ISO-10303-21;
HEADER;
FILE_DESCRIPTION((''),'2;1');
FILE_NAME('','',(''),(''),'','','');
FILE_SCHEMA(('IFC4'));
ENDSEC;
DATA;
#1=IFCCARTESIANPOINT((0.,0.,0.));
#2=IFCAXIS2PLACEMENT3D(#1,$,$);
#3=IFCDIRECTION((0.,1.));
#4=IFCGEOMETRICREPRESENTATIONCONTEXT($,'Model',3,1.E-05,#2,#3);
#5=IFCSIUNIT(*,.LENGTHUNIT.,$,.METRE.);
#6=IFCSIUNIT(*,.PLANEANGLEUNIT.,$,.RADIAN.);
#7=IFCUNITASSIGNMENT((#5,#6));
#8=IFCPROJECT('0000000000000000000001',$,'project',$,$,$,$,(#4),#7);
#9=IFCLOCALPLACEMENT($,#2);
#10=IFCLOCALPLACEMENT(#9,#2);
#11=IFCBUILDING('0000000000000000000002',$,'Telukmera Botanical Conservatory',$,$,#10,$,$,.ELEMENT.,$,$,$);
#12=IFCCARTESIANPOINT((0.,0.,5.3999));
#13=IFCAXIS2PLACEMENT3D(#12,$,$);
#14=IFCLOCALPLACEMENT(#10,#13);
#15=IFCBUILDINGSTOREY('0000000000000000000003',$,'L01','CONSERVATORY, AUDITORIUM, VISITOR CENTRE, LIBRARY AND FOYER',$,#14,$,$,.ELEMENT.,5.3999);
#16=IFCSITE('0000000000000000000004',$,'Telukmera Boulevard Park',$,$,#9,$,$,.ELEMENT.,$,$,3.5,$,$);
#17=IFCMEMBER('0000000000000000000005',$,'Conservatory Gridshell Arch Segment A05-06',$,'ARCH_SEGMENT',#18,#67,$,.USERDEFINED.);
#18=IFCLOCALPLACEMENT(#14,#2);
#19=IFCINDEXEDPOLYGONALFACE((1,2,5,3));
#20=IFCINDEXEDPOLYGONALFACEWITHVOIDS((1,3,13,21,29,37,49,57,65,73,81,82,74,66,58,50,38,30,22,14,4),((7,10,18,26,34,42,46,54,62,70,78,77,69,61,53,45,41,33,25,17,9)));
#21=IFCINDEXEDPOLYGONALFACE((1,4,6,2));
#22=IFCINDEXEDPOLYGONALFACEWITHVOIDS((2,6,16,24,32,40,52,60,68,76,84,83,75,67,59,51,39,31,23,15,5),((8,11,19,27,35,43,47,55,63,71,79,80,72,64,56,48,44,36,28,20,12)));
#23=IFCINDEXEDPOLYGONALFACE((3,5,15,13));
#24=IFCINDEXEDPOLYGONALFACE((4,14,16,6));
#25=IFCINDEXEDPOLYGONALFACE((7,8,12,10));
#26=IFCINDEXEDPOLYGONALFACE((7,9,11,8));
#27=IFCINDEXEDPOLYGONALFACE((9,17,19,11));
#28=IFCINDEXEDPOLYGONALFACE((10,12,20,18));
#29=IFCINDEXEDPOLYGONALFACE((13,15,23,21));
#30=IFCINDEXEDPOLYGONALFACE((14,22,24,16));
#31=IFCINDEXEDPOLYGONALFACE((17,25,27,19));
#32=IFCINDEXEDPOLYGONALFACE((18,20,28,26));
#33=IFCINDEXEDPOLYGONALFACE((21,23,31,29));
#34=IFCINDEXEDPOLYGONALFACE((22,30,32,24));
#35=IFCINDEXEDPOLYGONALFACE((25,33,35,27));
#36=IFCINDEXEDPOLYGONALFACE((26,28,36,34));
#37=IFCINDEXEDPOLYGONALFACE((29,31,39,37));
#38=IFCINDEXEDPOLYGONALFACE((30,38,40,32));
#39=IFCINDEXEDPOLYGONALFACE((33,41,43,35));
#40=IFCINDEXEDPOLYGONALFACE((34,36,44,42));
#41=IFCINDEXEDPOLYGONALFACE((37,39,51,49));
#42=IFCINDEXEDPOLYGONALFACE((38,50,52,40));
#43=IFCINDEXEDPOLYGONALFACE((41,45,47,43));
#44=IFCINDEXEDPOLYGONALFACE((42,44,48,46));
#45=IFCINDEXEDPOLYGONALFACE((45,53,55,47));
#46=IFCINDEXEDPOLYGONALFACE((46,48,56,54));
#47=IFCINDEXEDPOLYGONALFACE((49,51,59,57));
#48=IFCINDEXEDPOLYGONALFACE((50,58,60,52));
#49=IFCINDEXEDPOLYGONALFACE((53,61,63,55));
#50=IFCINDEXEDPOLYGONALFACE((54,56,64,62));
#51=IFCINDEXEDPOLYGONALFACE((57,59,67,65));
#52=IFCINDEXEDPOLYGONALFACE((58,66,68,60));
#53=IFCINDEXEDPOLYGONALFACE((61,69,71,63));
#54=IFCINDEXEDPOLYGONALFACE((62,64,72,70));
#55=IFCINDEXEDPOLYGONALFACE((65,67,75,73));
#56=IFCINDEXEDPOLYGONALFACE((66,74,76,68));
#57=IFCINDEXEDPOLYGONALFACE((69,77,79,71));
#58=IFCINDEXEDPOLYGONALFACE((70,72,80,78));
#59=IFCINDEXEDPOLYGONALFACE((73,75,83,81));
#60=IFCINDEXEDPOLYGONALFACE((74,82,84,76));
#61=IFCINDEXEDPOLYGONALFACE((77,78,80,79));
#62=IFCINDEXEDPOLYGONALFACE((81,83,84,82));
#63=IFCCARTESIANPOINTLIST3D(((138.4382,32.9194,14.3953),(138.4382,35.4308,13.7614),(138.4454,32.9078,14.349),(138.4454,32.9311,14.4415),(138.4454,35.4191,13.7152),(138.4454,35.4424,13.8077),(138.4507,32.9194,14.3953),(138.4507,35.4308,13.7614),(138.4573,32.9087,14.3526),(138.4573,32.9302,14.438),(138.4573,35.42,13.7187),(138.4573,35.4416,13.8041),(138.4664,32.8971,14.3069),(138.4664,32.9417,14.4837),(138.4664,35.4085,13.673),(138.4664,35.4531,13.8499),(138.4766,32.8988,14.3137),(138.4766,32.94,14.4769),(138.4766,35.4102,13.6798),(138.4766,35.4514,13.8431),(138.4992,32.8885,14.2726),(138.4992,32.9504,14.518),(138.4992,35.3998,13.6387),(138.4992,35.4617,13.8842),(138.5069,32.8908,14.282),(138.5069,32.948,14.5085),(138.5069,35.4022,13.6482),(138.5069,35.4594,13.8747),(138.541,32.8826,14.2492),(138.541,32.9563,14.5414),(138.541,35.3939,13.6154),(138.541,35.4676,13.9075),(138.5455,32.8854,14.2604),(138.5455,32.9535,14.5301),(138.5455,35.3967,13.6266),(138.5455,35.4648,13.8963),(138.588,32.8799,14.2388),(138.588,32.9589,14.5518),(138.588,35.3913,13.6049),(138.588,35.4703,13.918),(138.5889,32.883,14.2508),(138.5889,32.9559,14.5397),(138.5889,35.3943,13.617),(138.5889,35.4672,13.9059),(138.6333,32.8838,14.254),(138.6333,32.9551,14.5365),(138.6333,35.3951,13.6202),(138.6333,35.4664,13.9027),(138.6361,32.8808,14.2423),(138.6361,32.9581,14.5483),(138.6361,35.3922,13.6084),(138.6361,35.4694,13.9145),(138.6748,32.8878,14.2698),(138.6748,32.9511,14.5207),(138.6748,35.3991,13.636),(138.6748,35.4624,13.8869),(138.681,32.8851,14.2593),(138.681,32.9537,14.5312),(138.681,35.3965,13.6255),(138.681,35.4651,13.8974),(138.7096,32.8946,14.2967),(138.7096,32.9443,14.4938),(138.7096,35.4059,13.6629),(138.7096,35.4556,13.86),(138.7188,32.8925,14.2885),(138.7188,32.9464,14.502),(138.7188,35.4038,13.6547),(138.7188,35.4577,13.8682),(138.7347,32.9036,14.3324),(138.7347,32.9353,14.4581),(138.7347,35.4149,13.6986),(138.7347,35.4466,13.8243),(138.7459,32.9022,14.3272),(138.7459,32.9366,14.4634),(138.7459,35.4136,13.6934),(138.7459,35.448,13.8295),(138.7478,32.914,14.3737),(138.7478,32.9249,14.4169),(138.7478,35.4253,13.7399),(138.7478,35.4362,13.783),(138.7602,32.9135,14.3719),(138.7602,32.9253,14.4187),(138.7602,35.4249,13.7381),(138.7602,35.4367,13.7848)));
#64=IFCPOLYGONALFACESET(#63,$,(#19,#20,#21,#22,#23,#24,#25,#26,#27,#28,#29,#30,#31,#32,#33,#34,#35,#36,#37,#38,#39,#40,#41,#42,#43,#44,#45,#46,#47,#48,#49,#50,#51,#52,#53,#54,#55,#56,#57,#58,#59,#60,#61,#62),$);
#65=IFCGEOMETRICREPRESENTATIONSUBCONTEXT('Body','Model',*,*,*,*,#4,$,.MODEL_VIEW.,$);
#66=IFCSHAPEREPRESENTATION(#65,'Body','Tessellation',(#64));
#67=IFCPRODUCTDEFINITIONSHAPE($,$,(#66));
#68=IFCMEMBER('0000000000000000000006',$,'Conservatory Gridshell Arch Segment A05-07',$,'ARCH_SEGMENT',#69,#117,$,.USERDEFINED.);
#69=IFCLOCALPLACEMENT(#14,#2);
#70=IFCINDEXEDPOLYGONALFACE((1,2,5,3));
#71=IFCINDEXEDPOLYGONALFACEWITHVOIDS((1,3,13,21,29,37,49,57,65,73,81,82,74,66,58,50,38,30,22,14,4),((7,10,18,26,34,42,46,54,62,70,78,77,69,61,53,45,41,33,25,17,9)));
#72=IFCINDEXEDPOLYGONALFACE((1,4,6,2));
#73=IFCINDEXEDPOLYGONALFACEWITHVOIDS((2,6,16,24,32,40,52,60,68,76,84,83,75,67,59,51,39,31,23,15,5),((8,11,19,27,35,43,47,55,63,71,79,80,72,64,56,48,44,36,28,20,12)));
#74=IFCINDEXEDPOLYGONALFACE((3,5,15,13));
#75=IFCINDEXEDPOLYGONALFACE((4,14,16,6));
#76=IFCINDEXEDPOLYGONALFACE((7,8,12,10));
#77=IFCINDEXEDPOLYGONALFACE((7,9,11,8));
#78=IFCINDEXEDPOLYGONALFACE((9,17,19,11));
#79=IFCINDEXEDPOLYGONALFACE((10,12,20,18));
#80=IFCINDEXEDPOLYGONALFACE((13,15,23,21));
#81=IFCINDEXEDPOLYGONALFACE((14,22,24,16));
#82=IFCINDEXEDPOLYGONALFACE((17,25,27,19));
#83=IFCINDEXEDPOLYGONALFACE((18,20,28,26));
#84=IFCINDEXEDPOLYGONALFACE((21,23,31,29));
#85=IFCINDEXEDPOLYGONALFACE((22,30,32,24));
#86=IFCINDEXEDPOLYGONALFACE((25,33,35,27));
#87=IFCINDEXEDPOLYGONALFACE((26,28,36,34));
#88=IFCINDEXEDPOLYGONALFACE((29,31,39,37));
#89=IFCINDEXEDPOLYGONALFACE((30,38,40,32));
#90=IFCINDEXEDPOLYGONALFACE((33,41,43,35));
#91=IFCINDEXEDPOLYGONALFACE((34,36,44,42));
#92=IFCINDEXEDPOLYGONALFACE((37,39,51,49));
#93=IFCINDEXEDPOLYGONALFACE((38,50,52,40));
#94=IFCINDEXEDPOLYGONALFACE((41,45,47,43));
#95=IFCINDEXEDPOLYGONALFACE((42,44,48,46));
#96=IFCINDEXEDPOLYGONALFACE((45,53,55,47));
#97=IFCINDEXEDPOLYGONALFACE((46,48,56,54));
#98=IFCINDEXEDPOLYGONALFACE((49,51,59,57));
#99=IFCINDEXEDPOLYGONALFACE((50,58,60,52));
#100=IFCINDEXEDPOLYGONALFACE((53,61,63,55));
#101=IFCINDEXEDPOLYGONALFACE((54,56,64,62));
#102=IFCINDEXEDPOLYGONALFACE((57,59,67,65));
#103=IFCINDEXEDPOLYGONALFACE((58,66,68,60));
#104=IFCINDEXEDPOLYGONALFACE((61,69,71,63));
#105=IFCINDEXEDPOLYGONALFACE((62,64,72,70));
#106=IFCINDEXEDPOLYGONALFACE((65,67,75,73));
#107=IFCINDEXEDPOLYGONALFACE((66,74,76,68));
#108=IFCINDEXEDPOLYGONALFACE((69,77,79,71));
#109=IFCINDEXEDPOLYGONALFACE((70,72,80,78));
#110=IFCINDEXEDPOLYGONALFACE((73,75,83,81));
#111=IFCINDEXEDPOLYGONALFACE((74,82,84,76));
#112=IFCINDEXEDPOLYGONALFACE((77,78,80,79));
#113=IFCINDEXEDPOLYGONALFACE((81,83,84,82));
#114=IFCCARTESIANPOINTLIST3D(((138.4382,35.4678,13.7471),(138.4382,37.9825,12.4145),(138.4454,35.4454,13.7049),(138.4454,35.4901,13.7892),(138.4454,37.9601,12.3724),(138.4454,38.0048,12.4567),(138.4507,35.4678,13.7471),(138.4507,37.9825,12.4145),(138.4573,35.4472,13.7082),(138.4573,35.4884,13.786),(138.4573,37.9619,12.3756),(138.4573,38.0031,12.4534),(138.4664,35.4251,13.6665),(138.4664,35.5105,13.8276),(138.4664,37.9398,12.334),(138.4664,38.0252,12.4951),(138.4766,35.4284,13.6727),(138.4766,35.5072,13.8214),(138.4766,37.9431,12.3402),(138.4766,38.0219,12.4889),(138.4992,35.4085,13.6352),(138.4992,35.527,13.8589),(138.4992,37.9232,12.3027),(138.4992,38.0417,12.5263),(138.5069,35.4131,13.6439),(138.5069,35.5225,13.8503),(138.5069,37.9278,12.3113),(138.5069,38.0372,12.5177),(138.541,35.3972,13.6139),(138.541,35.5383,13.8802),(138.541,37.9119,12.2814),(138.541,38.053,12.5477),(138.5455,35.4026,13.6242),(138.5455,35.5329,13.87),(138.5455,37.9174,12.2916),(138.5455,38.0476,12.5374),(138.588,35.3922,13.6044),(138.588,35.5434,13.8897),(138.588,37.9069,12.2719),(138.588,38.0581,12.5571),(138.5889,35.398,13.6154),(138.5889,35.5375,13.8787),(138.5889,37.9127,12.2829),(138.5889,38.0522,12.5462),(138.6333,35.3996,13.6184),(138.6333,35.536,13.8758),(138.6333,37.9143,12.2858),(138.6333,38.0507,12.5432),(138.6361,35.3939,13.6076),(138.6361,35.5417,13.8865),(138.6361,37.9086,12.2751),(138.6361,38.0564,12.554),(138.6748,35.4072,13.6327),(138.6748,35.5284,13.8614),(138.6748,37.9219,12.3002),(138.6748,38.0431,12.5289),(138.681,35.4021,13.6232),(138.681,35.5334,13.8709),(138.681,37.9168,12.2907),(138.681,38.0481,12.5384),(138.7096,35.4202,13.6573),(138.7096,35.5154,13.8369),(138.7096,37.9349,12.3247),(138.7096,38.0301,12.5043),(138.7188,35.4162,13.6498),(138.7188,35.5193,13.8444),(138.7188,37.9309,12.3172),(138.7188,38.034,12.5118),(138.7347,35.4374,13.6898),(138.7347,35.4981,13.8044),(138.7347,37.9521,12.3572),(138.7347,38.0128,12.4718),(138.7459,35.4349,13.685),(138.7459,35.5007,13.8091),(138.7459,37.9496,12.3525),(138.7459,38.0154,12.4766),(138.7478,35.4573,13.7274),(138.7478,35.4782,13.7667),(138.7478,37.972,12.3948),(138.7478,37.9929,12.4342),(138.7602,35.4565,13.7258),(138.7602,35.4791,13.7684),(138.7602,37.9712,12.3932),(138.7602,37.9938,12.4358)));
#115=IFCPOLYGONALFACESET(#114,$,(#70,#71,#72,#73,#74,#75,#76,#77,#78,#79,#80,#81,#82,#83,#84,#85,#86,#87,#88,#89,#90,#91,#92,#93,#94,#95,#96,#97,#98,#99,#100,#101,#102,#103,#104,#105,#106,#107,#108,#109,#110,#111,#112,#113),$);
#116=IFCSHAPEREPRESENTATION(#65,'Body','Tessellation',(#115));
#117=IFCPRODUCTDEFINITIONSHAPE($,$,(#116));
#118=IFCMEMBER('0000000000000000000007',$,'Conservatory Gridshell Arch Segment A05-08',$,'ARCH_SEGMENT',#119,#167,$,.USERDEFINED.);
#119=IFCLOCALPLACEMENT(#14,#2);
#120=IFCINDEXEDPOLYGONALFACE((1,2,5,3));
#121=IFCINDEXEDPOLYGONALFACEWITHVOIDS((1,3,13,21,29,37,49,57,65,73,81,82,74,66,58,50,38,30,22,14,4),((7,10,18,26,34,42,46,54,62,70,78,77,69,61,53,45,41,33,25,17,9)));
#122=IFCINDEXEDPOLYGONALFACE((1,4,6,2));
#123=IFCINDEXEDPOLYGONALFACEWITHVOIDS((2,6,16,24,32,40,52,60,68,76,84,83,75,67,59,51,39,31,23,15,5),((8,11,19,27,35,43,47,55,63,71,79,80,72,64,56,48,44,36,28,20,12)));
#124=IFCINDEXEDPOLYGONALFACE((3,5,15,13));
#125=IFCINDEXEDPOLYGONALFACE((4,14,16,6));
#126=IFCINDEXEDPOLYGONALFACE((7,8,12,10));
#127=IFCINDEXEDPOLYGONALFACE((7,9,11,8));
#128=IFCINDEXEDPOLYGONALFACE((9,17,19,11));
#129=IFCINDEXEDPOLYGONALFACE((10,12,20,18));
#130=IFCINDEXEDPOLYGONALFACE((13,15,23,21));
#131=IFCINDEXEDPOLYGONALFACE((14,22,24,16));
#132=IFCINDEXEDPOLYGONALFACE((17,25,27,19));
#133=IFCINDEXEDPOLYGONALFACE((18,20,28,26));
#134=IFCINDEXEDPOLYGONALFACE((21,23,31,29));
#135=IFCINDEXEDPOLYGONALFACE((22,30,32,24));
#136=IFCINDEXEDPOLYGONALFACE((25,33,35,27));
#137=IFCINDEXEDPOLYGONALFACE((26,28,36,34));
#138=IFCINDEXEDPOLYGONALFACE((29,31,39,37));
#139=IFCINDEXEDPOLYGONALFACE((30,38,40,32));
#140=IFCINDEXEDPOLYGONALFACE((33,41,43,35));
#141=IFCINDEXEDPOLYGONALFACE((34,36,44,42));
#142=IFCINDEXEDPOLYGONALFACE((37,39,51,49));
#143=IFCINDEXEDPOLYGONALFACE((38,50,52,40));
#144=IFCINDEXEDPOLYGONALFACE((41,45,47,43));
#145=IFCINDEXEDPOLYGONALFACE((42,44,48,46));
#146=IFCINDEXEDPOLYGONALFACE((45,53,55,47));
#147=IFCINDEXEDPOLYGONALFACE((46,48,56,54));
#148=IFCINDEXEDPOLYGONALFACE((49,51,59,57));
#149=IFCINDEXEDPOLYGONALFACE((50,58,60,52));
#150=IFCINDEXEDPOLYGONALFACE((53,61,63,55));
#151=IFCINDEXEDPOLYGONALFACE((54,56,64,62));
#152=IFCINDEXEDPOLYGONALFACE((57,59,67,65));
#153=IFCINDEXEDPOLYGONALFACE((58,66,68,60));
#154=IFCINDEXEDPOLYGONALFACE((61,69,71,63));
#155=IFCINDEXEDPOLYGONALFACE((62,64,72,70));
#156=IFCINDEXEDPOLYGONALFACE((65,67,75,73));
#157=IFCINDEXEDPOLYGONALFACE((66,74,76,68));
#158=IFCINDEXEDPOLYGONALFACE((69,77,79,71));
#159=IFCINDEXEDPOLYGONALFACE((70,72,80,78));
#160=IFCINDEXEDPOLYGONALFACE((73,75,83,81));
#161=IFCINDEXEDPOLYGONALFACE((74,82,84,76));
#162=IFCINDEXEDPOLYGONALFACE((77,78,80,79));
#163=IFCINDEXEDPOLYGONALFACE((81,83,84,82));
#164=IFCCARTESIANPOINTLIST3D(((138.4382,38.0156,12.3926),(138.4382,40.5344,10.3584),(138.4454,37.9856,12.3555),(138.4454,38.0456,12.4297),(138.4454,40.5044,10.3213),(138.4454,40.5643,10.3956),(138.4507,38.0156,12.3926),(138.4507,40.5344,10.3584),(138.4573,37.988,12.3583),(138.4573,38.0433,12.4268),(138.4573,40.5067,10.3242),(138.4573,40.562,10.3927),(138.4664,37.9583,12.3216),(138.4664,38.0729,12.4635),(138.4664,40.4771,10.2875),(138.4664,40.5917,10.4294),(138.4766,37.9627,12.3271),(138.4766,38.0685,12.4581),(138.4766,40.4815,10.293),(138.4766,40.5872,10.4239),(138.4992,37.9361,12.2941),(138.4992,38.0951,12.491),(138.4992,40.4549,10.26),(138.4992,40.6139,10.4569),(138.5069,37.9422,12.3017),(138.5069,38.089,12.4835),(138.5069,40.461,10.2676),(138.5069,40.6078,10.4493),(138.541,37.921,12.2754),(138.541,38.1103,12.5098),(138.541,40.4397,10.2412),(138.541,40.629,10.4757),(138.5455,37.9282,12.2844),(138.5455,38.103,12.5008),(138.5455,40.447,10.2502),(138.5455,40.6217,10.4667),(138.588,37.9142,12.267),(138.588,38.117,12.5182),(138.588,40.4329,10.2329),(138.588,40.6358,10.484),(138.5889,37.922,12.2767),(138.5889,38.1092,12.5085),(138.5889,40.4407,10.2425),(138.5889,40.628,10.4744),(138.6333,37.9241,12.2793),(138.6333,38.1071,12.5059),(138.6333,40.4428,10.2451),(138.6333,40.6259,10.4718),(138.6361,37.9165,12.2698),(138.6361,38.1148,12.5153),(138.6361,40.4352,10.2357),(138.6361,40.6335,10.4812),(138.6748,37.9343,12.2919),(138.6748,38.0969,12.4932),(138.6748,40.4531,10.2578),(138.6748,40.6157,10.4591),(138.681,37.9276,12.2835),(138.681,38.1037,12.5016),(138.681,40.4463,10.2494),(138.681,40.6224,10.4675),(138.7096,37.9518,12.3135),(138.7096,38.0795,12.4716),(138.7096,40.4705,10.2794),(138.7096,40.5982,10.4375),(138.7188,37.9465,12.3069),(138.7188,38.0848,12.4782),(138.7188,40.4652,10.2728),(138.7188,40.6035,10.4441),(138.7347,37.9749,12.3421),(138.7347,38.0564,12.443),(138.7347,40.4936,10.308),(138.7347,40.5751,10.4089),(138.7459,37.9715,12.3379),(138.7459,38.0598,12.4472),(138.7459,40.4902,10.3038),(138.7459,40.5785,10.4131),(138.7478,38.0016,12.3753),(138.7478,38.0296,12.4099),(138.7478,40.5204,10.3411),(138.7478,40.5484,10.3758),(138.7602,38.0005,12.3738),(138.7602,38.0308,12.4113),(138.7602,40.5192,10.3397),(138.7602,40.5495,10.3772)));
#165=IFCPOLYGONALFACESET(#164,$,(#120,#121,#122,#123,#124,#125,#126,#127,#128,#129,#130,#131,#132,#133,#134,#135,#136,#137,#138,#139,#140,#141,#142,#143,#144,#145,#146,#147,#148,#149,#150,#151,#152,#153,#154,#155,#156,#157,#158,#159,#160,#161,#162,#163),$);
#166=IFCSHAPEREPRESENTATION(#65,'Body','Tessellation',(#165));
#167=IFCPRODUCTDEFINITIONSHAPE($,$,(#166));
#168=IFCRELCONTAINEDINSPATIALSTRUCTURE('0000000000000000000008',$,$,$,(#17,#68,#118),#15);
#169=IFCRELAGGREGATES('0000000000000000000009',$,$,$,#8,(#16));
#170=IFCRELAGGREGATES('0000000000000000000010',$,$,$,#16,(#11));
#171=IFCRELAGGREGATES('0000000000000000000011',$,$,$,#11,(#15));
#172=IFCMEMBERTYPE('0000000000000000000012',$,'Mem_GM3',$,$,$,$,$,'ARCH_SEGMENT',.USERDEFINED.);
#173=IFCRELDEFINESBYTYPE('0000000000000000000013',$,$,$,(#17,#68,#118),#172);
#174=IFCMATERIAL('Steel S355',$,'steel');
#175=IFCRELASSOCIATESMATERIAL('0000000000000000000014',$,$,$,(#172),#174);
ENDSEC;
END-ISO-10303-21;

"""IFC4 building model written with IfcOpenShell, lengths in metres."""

from ifc_helpers import new_model, si_unit, direction, frame, origin, origin_2d, place, context, subcontext, project, spatial, hollow_circle, extrude, material, material_profile, profile_set, type_object, element, save


model = new_model("IFC4")

# Units and contexts
model_context = context("Model", 3, precision=1e-05, world=origin(), true_north=direction((0.0, 1.0)))
body_context = subcontext(model_context, "Body", "Model", "MODEL_VIEW")
ifc_project = project(units=[si_unit("LENGTHUNIT", "METRE"), si_unit("PLANEANGLEUNIT", "RADIAN")], contexts=[model_context])

# Site, building, storey
site_placement = place(None, origin())
site = spatial("IfcSite", under=ifc_project, at=site_placement, Name="Telukmera Boulevard Park", CompositionType="ELEMENT", RefElevation=3.5)
building_placement = place(site_placement, origin())
building = spatial("IfcBuilding", under=site, at=building_placement, Name="Telukmera Botanical Conservatory", CompositionType="ELEMENT")
storey_placement = place(building_placement, frame((0.0, 0.0, 5.3999)))
storey = spatial("IfcBuildingStorey", under=building, at=storey_placement, Name="L01", Description="CONSERVATORY, AUDITORIUM, VISITOR CENTRE, LIBRARY AND FOYER", CompositionType="ELEMENT", Elevation=5.3999)

# Members
ifc_material = material(Name="Steel S355", Category="steel")
ifc_material_profile_1 = material_profile(ifc_material, hollow_circle(Radius=0.1619, WallThickness=0.0125, at=origin_2d()), Name="CHS 323.9x12.5")
ifc_profile_set_1 = profile_set([ifc_material_profile_1], Name="Steel S355")
member_type_1 = type_object("IfcMemberType", Name="Mem_GM3", ElementType="ARCH_SEGMENT", PredefinedType="USERDEFINED", material=ifc_profile_set_1)
member_1_placement = place(storey_placement, frame((138.6001, 32.9194, 14.3953), z_axis=(0.0, 0.969597, -0.244709), x_axis=(-1.0, 0.0, 0.0)))
element("IfcMember", 1, at=member_1_placement, inside=storey, type_object=member_type_1, Name="Conservatory Gridshell Arch Segment A05-06", ObjectType="ARCH_SEGMENT", PredefinedType="USERDEFINED", context=body_context, shape_type="SweptSolid", body=[
    extrude(hollow_circle(Radius=0.1619, WallThickness=0.0125, at=origin_2d()), origin(), (0.0, 0.0, 1.0), 2.5901),
])
member_2_placement = place(storey_placement, frame((138.6001, 35.4678, 13.7471), z_axis=(0.0, 0.883608, -0.468227), x_axis=(-1.0, 0.0, 0.0)))
element("IfcMember", 2, at=member_2_placement, inside=storey, type_object=member_type_1, Name="Conservatory Gridshell Arch Segment A05-07", ObjectType="ARCH_SEGMENT", PredefinedType="USERDEFINED", context=body_context, shape_type="SweptSolid", body=[
    extrude(hollow_circle(Radius=0.1619, WallThickness=0.0125, at=origin_2d()), origin(), (0.0, 0.0, 1.0), 2.8459),
])
member_3_placement = place(storey_placement, frame((138.6001, 38.0156, 12.3926), z_axis=(0.0, 0.777977, -0.628293), x_axis=(-1.0, 0.0, 0.0)))
element("IfcMember", 3, at=member_3_placement, inside=storey, type_object=member_type_1, Name="Conservatory Gridshell Arch Segment A05-08", ObjectType="ARCH_SEGMENT", PredefinedType="USERDEFINED", context=body_context, shape_type="SweptSolid", body=[
    extrude(hollow_circle(Radius=0.1619, WallThickness=0.0125, at=origin_2d()), origin(), (0.0, 0.0, 1.0), 3.2375),
])

save(model, "model.ifc")
